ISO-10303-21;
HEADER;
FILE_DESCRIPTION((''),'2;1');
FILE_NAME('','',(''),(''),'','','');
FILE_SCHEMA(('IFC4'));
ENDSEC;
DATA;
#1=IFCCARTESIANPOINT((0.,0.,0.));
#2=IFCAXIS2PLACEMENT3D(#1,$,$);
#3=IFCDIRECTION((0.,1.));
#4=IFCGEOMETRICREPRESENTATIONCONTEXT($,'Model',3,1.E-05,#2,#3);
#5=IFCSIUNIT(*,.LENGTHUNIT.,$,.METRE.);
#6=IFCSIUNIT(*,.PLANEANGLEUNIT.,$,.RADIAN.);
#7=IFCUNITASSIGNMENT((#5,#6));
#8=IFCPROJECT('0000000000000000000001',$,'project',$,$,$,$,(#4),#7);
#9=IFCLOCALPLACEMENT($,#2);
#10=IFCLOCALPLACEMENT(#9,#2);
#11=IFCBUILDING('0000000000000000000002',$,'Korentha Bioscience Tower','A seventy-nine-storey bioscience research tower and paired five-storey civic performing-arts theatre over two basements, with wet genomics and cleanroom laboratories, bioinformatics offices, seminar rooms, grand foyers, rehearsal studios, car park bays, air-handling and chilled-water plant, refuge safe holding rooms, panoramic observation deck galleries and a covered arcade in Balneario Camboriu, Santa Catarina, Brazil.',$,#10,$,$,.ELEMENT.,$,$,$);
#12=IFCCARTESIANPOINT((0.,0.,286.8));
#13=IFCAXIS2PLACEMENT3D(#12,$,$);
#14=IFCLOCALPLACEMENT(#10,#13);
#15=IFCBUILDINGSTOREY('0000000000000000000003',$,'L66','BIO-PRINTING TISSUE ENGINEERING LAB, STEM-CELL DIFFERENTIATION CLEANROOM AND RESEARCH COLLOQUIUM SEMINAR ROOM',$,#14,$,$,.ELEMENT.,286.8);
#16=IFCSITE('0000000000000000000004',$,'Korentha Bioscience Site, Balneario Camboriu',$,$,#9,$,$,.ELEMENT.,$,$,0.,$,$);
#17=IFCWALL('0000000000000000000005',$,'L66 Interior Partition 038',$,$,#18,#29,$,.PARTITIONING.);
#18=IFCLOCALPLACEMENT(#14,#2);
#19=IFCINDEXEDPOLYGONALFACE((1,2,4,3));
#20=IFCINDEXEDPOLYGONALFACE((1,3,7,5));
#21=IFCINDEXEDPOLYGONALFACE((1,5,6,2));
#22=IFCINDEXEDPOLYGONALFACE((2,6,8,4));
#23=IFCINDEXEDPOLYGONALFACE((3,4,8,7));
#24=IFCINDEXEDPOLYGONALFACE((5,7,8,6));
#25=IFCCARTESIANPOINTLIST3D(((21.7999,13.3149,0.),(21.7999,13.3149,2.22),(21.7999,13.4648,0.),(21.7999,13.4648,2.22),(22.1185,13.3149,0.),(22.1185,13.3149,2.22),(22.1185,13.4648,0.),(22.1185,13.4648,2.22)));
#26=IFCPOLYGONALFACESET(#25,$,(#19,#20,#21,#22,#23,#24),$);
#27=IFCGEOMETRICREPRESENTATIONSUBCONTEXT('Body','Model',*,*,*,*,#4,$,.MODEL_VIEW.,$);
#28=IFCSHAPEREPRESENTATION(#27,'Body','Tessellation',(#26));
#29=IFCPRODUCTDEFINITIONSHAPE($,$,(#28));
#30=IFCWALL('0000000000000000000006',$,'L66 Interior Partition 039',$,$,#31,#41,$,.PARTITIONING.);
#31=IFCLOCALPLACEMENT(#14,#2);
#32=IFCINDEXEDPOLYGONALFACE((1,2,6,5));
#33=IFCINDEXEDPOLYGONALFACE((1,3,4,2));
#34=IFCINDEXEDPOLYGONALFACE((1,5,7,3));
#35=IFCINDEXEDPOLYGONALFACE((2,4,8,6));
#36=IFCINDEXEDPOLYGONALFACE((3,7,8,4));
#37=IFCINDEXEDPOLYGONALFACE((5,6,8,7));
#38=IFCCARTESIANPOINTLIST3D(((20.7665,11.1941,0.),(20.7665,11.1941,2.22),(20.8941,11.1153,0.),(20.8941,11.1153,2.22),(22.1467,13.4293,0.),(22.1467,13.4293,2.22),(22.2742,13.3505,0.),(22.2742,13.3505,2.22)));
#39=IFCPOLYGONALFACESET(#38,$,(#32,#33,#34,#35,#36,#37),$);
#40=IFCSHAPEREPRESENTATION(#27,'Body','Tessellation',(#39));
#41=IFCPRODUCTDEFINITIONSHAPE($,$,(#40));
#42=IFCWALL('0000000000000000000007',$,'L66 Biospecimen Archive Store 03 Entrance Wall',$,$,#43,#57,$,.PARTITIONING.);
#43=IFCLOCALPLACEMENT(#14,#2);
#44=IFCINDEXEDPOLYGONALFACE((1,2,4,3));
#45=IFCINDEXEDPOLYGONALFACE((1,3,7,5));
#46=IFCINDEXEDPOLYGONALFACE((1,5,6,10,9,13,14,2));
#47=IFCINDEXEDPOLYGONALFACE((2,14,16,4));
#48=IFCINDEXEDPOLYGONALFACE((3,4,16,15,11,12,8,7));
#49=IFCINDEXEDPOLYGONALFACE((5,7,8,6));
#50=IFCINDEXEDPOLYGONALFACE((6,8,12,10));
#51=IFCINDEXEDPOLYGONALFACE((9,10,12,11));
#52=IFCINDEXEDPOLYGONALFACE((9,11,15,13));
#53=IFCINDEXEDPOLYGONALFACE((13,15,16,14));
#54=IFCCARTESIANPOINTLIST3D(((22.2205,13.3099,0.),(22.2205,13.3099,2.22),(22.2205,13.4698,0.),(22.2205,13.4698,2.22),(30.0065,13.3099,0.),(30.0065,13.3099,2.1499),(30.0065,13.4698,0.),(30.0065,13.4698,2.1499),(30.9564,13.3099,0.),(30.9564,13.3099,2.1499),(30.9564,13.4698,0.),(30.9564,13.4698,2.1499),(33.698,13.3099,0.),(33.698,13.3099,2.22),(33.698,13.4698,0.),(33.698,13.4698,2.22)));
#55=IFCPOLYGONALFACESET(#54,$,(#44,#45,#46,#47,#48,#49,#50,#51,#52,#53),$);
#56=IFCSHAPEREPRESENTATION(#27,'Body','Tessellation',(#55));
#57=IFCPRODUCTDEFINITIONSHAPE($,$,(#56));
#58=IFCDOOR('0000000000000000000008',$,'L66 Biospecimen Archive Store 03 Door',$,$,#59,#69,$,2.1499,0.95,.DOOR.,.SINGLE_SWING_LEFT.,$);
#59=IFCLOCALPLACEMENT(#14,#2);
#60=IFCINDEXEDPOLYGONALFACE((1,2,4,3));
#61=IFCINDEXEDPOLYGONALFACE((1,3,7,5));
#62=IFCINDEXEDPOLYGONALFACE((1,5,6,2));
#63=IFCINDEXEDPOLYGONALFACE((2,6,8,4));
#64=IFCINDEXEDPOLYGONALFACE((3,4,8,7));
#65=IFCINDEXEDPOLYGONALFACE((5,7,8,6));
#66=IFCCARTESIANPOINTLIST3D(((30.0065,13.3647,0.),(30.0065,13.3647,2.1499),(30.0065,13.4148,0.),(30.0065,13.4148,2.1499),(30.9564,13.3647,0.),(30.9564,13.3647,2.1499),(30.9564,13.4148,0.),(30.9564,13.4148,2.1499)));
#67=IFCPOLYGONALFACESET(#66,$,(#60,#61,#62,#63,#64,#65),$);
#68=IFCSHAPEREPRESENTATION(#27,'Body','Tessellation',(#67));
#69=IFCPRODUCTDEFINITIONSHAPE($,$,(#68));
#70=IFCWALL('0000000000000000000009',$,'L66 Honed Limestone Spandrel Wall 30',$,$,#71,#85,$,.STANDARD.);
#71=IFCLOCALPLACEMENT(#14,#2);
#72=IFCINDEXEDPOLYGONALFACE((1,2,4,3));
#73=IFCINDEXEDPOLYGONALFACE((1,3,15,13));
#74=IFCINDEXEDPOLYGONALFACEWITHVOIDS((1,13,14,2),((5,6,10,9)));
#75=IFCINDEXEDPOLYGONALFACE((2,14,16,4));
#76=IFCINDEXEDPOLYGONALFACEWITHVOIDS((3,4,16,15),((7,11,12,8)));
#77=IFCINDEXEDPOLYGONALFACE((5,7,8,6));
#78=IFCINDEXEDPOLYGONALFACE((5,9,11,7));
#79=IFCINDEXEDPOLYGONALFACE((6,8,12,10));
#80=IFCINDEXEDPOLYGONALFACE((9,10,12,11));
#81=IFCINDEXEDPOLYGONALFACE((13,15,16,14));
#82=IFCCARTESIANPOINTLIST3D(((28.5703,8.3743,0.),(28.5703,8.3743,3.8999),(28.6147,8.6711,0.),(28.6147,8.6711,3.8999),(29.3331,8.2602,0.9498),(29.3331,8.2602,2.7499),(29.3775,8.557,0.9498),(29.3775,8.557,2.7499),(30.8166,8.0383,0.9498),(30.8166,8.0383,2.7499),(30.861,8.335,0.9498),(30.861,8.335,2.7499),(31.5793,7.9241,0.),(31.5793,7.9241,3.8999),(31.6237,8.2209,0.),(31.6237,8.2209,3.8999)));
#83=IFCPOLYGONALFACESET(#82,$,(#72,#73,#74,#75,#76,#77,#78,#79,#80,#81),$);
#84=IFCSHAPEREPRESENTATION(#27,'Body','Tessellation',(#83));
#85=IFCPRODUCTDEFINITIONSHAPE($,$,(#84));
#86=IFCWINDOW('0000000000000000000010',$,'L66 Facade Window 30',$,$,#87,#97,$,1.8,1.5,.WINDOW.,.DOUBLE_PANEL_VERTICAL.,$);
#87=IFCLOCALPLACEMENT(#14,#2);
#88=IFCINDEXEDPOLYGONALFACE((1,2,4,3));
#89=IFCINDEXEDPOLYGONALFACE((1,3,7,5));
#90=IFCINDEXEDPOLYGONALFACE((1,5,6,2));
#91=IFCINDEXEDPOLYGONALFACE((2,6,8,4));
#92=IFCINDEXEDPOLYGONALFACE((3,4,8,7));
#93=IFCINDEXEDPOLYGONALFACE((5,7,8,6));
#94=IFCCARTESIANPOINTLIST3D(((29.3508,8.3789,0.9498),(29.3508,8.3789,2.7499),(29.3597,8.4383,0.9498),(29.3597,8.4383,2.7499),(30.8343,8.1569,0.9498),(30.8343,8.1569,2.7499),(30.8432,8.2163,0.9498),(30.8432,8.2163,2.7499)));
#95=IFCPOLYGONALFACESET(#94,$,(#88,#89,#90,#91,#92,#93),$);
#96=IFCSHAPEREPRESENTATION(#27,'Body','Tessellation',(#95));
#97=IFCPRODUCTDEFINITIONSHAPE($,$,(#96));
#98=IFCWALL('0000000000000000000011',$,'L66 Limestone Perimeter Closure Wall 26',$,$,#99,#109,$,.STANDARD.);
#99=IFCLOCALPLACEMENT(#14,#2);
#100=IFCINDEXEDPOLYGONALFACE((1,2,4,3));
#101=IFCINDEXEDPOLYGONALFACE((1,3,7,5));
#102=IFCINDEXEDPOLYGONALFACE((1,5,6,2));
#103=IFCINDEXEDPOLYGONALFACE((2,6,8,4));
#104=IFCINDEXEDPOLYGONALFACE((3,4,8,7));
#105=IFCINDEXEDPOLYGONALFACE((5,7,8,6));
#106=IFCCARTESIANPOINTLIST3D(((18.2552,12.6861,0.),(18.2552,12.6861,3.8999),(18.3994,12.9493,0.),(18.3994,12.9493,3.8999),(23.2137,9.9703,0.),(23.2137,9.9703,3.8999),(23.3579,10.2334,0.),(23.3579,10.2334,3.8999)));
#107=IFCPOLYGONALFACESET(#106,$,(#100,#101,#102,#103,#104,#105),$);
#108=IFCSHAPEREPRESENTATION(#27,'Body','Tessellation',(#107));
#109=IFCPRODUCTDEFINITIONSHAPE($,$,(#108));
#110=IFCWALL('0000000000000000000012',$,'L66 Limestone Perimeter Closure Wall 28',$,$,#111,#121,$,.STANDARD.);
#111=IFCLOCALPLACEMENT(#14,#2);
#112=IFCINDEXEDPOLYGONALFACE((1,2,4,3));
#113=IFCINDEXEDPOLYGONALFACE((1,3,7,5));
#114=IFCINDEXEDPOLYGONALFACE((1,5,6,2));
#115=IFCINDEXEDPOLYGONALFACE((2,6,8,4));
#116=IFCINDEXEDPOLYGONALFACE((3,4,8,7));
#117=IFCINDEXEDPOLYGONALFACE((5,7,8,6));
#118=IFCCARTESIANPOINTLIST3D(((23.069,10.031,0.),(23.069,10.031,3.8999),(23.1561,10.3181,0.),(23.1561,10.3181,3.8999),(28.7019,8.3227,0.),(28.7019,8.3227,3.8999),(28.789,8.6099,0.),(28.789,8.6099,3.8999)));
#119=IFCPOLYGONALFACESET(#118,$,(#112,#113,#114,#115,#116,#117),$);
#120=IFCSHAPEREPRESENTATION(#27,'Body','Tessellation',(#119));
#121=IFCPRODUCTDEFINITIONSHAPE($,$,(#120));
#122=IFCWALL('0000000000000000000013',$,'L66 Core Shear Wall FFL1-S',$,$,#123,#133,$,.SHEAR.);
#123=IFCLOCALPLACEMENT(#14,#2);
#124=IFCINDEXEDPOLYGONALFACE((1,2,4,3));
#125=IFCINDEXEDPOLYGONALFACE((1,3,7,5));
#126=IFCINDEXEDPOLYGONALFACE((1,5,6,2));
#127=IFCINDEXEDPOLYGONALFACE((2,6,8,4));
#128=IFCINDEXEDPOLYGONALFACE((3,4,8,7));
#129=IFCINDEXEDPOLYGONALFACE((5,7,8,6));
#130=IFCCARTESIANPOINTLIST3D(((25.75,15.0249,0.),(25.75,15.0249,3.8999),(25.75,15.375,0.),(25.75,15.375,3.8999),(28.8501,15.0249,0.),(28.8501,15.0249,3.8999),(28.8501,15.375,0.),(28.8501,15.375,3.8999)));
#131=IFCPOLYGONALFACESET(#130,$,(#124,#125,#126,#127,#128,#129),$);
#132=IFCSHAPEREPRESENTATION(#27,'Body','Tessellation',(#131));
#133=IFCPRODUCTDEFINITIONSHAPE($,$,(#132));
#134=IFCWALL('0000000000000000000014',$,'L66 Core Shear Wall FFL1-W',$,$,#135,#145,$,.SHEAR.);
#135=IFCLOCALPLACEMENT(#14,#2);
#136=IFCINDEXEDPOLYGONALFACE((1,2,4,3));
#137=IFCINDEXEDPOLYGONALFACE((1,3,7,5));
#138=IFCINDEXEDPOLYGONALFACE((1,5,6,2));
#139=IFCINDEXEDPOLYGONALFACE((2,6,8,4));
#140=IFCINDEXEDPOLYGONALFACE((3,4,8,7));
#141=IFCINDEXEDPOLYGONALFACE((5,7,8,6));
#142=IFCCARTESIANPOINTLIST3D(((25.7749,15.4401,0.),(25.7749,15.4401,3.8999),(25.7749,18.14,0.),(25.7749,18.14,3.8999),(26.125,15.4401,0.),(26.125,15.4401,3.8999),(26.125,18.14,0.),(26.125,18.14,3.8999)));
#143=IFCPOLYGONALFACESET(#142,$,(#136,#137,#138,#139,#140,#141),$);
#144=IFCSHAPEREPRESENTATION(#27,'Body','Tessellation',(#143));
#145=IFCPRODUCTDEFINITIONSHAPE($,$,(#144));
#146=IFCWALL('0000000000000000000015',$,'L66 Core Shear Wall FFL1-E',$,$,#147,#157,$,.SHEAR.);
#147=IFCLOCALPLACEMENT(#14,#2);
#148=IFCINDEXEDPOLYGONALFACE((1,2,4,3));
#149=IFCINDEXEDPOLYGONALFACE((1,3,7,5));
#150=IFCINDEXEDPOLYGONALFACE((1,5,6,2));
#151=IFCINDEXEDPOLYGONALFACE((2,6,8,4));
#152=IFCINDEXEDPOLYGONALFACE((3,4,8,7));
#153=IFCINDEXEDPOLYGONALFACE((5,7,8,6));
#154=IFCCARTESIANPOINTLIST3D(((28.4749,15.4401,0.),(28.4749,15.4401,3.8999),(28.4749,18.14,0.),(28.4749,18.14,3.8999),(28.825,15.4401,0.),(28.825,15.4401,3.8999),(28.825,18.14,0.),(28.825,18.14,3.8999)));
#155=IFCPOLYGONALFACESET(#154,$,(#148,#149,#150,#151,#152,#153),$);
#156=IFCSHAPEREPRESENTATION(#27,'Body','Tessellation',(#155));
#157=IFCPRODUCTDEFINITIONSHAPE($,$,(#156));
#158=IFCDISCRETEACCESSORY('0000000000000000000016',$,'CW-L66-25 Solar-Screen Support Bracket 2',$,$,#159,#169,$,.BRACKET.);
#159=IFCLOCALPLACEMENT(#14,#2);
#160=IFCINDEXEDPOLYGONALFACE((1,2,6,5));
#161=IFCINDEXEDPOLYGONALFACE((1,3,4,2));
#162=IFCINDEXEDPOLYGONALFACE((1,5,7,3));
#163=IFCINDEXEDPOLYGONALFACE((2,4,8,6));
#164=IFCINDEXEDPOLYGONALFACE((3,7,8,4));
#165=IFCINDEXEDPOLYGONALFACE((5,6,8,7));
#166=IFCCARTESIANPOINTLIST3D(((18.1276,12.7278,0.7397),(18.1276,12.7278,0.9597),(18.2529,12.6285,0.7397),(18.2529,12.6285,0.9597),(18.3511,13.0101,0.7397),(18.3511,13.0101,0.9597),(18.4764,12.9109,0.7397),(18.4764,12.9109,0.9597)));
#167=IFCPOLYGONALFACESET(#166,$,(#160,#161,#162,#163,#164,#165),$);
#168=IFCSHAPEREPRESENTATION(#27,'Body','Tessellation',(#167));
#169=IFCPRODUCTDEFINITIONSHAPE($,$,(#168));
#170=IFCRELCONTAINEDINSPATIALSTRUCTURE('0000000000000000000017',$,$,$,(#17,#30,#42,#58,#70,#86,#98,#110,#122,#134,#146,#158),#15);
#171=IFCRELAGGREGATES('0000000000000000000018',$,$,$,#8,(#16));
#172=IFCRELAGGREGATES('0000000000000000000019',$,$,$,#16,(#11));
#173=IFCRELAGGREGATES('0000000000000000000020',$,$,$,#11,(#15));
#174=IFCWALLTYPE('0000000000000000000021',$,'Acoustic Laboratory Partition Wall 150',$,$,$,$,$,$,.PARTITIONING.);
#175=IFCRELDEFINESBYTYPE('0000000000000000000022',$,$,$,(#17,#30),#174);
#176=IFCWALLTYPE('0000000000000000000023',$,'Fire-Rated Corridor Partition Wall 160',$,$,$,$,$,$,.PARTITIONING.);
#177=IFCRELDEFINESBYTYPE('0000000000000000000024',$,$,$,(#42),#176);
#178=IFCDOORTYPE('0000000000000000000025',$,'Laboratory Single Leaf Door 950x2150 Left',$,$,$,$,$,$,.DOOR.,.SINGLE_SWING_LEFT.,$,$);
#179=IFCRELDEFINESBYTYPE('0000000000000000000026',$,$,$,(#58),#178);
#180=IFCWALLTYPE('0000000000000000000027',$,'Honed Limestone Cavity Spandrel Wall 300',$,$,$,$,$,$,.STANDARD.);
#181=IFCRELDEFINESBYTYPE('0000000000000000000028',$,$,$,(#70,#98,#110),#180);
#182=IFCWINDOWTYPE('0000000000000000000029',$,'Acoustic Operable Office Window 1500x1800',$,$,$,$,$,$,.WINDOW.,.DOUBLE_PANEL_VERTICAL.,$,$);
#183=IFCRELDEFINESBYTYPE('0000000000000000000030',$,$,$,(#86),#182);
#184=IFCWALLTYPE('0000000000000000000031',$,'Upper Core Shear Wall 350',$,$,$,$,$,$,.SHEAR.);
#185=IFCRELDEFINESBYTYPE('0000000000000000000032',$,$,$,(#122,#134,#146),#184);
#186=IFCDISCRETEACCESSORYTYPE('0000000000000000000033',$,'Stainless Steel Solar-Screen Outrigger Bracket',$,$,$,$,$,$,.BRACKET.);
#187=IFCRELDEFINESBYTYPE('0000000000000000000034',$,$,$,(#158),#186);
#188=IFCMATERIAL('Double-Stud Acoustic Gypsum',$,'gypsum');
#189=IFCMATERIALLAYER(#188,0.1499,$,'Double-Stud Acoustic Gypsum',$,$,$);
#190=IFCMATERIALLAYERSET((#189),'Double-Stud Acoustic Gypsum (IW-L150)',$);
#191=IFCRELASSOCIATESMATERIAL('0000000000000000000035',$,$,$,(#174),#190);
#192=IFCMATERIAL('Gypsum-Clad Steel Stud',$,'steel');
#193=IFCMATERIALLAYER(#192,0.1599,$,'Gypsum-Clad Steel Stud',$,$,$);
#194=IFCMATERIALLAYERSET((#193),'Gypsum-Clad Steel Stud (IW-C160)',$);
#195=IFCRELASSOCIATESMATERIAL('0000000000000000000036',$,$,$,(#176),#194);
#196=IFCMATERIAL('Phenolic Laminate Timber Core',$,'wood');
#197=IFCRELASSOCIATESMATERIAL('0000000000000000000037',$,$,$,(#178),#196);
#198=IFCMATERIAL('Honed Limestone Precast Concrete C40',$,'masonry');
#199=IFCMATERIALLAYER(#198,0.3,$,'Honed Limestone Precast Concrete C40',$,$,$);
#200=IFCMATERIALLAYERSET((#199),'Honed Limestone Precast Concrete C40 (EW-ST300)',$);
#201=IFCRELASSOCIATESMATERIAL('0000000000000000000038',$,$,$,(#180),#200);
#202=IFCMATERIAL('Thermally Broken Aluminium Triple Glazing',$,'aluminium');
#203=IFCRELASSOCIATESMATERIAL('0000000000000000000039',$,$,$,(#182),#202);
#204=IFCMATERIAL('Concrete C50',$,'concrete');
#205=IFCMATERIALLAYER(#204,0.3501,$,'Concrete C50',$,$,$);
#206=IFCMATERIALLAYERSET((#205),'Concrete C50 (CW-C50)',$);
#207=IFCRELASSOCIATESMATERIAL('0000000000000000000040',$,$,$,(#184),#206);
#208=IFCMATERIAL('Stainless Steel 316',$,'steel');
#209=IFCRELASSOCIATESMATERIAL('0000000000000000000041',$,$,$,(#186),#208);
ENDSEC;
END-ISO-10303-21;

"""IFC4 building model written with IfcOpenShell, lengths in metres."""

from ifc_helpers import new_model, si_unit, direction, frame, frame_2d, origin, origin_2d, place, context, subcontext, project, spatial, rectangle, extrude, material, layer, layer_set, type_object, element, fill, save


model = new_model("IFC4")

# Units and contexts
model_context = context("Model", 3, precision=1e-05, world=origin(), true_north=direction((0.0, 1.0)))
body_context = subcontext(model_context, "Body", "Model", "MODEL_VIEW")
ifc_project = project(units=[si_unit("LENGTHUNIT", "METRE"), si_unit("PLANEANGLEUNIT", "RADIAN")], contexts=[model_context])

# Site, building, storey
site_placement = place(None, origin())
site = spatial("IfcSite", under=ifc_project, at=site_placement, Name="Korentha Bioscience Site, Balneario Camboriu", CompositionType="ELEMENT", RefElevation=0.0)
building_placement = place(site_placement, origin())
building = spatial("IfcBuilding", under=site, at=building_placement, Name="Korentha Bioscience Tower", Description="A seventy-nine-storey bioscience research tower and paired five-storey civic performing-arts theatre over two basements, with wet genomics and cleanroom laboratories, bioinformatics offices, seminar rooms, grand foyers, rehearsal studios, car park bays, air-handling and chilled-water plant, refuge safe holding rooms, panoramic observation deck galleries and a covered arcade in Balneario Camboriu, Santa Catarina, Brazil.", CompositionType="ELEMENT")
storey_placement = place(building_placement, frame((0.0, 0.0, 286.8)))
storey = spatial("IfcBuildingStorey", under=building, at=storey_placement, Name="L66", Description="BIO-PRINTING TISSUE ENGINEERING LAB, STEM-CELL DIFFERENTIATION CLEANROOM AND RESEARCH COLLOQUIUM SEMINAR ROOM", CompositionType="ELEMENT", Elevation=286.8)

# Shared definitions
ifc_material_1 = material(Name="Concrete C50", Category="concrete")

# Walls
ifc_material_2 = material(Name="Double-Stud Acoustic Gypsum", Category="gypsum")
ifc_layer_1 = layer(ifc_material_2, 0.1499, Name="Double-Stud Acoustic Gypsum")
ifc_layer_set_1 = layer_set([ifc_layer_1], Name="Double-Stud Acoustic Gypsum (IW-L150)")
wall_type_1 = type_object("IfcWallType", Name="Acoustic Laboratory Partition Wall 150", PredefinedType="PARTITIONING", material=ifc_layer_set_1)
wall_1_placement = place(storey_placement, frame((21.8, 13.3899, 0.0), z_axis=(0.0, 0.0, 1.0), x_axis=(1.0, 0.0, 0.0)))
element("IfcWall", 1, at=wall_1_placement, inside=storey, type_object=wall_type_1, Name="L66 Interior Partition 038", PredefinedType="PARTITIONING", context=body_context, shape_type="SweptSolid", body=[
    extrude(rectangle(XDim=0.3186, YDim=0.1499, at=frame_2d((0.1592, 0.0))), origin(), (0.0, 0.0, 1.0), 2.22),
])
wall_2_placement = place(storey_placement, frame((22.2104, 13.3899, 0.0), z_axis=(0.0, 0.0, 1.0), x_axis=(-0.525388, -0.850863, 0.0)))
element("IfcWall", 2, at=wall_2_placement, inside=storey, type_object=wall_type_1, Name="L66 Interior Partition 039", PredefinedType="PARTITIONING", context=body_context, shape_type="SweptSolid", body=[
    extrude(rectangle(XDim=2.627, YDim=0.1499, at=frame_2d((1.3135, 0.0))), origin(), (0.0, 0.0, 1.0), 2.22),
])

# Wall, opening, door
ifc_material_3 = material(Name="Gypsum-Clad Steel Stud", Category="steel")
ifc_layer_2 = layer(ifc_material_3, 0.1599, Name="Gypsum-Clad Steel Stud")
ifc_layer_set_2 = layer_set([ifc_layer_2], Name="Gypsum-Clad Steel Stud (IW-C160)")
wall_type_2 = type_object("IfcWallType", Name="Fire-Rated Corridor Partition Wall 160", PredefinedType="PARTITIONING", material=ifc_layer_set_2)
wall_3_placement = place(storey_placement, frame((22.2205, 13.3899, 0.0), z_axis=(0.0, 0.0, 1.0), x_axis=(1.0, 0.0, 0.0)))
wall_3 = element("IfcWall", 3, at=wall_3_placement, inside=storey, type_object=wall_type_2, Name="L66 Biospecimen Archive Store 03 Entrance Wall", PredefinedType="PARTITIONING", context=body_context, shape_type="SweptSolid", body=[
    extrude(rectangle(XDim=11.4775, YDim=0.1599, at=frame_2d((5.7388, 0.0))), origin(), (0.0, 0.0, 1.0), 2.22),
])
opening_1_placement = place(wall_3_placement, frame((7.7859, 0.0, 0.0)))
opening_1 = element("IfcOpeningElement", 4, at=opening_1_placement, cuts=wall_3, PredefinedType="OPENING", context=body_context, shape_type="SweptSolid", body=[
    extrude(rectangle(XDim=0.95, YDim=2.1499, at=frame_2d((0.4751, 1.075))), frame((0.0, 0.0947, 0.0), z_axis=(0.0, -1.0, 0.0), x_axis=(1.0, 0.0, 0.0)), (0.0, 0.0, 1.0), 0.1897),
])
ifc_material_4 = material(Name="Phenolic Laminate Timber Core", Category="wood")
door_type = type_object("IfcDoorType", Name="Laboratory Single Leaf Door 950x2150 Left", OperationType="SINGLE_SWING_LEFT", PredefinedType="DOOR", material=ifc_material_4)
door_placement = place(opening_1_placement, origin())
door = element("IfcDoor", 5, at=door_placement, inside=storey, type_object=door_type, Name="L66 Biospecimen Archive Store 03 Door", OperationType="SINGLE_SWING_LEFT", OverallHeight=2.1499, OverallWidth=0.95, PredefinedType="DOOR", context=body_context, shape_type="SweptSolid", body=[
    extrude(rectangle(XDim=0.95, YDim=2.1499, at=frame_2d((0.4751, 1.075))), frame((0.0, 0.0249, 0.0), z_axis=(0.0, -1.0, 0.0), x_axis=(1.0, 0.0, 0.0)), (0.0, 0.0, 1.0), 0.05),
])
fill(opening_1, door)

# Wall, opening, window
ifc_material_5 = material(Name="Honed Limestone Precast Concrete C40", Category="masonry")
ifc_layer_3 = layer(ifc_material_5, 0.3, Name="Honed Limestone Precast Concrete C40")
ifc_layer_set_3 = layer_set([ifc_layer_3], Name="Honed Limestone Precast Concrete C40 (EW-ST300)")
wall_type_3 = type_object("IfcWallType", Name="Honed Limestone Cavity Spandrel Wall 300", PredefinedType="STANDARD", material=ifc_layer_set_3)
wall_4_placement = place(storey_placement, frame((28.5925, 8.5227, 0.0), z_axis=(0.0, 0.0, 1.0), x_axis=(0.988992, -0.147968, 0.0)))
wall_4 = element("IfcWall", 6, at=wall_4_placement, inside=storey, type_object=wall_type_3, Name="L66 Honed Limestone Spandrel Wall 30", PredefinedType="STANDARD", context=body_context, shape_type="SweptSolid", body=[
    extrude(rectangle(XDim=3.0425, YDim=0.3, at=frame_2d((1.5212, 0.0))), origin(), (0.0, 0.0, 1.0), 3.8999),
])
opening_2_placement = place(wall_4_placement, frame((0.7712, 0.0, 0.95)))
opening_2 = element("IfcOpeningElement", 7, at=opening_2_placement, cuts=wall_4, PredefinedType="OPENING", context=body_context, shape_type="SweptSolid", body=[
    extrude(rectangle(XDim=1.5, YDim=1.8, at=frame_2d((0.75, 0.8999))), frame((0.0, 0.165, 0.0), z_axis=(0.0, -1.0, 0.0), x_axis=(1.0, 0.0, 0.0)), (0.0, 0.0, 1.0), 0.3298),
])
ifc_material_6 = material(Name="Thermally Broken Aluminium Triple Glazing", Category="aluminium")
window_type = type_object("IfcWindowType", Name="Acoustic Operable Office Window 1500x1800", PartitioningType="DOUBLE_PANEL_VERTICAL", PredefinedType="WINDOW", material=ifc_material_6)
window_placement = place(opening_2_placement, origin())
window = element("IfcWindow", 8, at=window_placement, inside=storey, type_object=window_type, Name="L66 Facade Window 30", OverallHeight=1.8, OverallWidth=1.5, PartitioningType="DOUBLE_PANEL_VERTICAL", PredefinedType="WINDOW", context=body_context, shape_type="SweptSolid", body=[
    extrude(rectangle(XDim=1.5, YDim=1.8, at=frame_2d((0.75, 0.8999))), frame((0.0, 0.03, 0.0), z_axis=(0.0, -1.0, 0.0), x_axis=(1.0, 0.0, 0.0)), (0.0, 0.0, 1.0), 0.0601),
])
fill(opening_2, window)

# Walls
wall_5_placement = place(storey_placement, frame((18.3274, 12.8176, 0.0), z_axis=(0.0, 0.0, 1.0), x_axis=(0.877062, -0.480376, 0.0)))
element("IfcWall", 9, at=wall_5_placement, inside=storey, type_object=wall_type_3, Name="L66 Limestone Perimeter Closure Wall 26", PredefinedType="STANDARD", context=body_context, shape_type="SweptSolid", body=[
    extrude(rectangle(XDim=5.6536, YDim=0.3, at=frame_2d((2.8267, 0.0))), origin(), (0.0, 0.0, 1.0), 3.8999),
])
wall_6_placement = place(storey_placement, frame((23.1125, 10.1746, 0.0), z_axis=(0.0, 0.0, 1.0), x_axis=(0.956961, -0.290216, 0.0)))
element("IfcWall", 10, at=wall_6_placement, inside=storey, type_object=wall_type_3, Name="L66 Limestone Perimeter Closure Wall 28", PredefinedType="STANDARD", context=body_context, shape_type="SweptSolid", body=[
    extrude(rectangle(XDim=5.8862, YDim=0.3, at=frame_2d((2.9431, 0.0))), origin(), (0.0, 0.0, 1.0), 3.8999),
])
ifc_layer_4 = layer(ifc_material_1, 0.3501, Name="Concrete C50")
ifc_layer_set_4 = layer_set([ifc_layer_4], Name="Concrete C50 (CW-C50)")
wall_type_4 = type_object("IfcWallType", Name="Upper Core Shear Wall 350", PredefinedType="SHEAR", material=ifc_layer_set_4)
wall_7_placement = place(storey_placement, frame((25.75, 15.2, 0.0), z_axis=(0.0, 0.0, 1.0), x_axis=(1.0, 0.0, 0.0)))
element("IfcWall", 11, at=wall_7_placement, inside=storey, type_object=wall_type_4, Name="L66 Core Shear Wall FFL1-S", PredefinedType="SHEAR", context=body_context, shape_type="SweptSolid", body=[
    extrude(rectangle(XDim=3.1001, YDim=0.3501, at=frame_2d((1.55, 0.0))), origin(), (0.0, 0.0, 1.0), 3.8999),
])
for number, where, z_axis, x_axis, name in (
    (12, (25.95, 15.4399, 0.0), (0.0, 0.0, 1.0), (0.0, 1.0, 0.0), "L66 Core Shear Wall FFL1-W"),
    (13, (28.6499, 15.4399, 0.0), (0.0, 0.0, 1.0), (0.0, 1.0, 0.0), "L66 Core Shear Wall FFL1-E"),
):
    element("IfcWall", number, at=place(storey_placement, frame(where, z_axis=z_axis, x_axis=x_axis)), inside=storey, type_object=wall_type_4, Name=name, PredefinedType="SHEAR", context=body_context, shape_type="SweptSolid", body=[
        extrude(rectangle(XDim=2.7, YDim=0.3501, at=frame_2d((1.3501, 0.0))), origin(), (0.0, 0.0, 1.0), 3.8999),
    ])

# Discrete accessory
ifc_material_7 = material(Name="Stainless Steel 316", Category="steel")
discrete_accessory_type = type_object("IfcDiscreteAccessoryType", Name="Stainless Steel Solar-Screen Outrigger Bracket", PredefinedType="BRACKET", material=ifc_material_7)
discrete_accessory_placement = place(storey_placement, frame((18.302, 12.8193, 0.7397), z_axis=(0.0, 0.0, 1.0), x_axis=(0.784076, -0.620665, 0.0)))
element("IfcDiscreteAccessory", 14, at=discrete_accessory_placement, inside=storey, type_object=discrete_accessory_type, Name="CW-L66-25 Solar-Screen Support Bracket 2", PredefinedType="BRACKET", context=body_context, shape_type="SweptSolid", body=[
    extrude(rectangle(XDim=0.1599, YDim=0.3601, at=origin_2d()), origin(), (0.0, 0.0, 1.0), 0.22),
])

save(model, "model.ifc")
